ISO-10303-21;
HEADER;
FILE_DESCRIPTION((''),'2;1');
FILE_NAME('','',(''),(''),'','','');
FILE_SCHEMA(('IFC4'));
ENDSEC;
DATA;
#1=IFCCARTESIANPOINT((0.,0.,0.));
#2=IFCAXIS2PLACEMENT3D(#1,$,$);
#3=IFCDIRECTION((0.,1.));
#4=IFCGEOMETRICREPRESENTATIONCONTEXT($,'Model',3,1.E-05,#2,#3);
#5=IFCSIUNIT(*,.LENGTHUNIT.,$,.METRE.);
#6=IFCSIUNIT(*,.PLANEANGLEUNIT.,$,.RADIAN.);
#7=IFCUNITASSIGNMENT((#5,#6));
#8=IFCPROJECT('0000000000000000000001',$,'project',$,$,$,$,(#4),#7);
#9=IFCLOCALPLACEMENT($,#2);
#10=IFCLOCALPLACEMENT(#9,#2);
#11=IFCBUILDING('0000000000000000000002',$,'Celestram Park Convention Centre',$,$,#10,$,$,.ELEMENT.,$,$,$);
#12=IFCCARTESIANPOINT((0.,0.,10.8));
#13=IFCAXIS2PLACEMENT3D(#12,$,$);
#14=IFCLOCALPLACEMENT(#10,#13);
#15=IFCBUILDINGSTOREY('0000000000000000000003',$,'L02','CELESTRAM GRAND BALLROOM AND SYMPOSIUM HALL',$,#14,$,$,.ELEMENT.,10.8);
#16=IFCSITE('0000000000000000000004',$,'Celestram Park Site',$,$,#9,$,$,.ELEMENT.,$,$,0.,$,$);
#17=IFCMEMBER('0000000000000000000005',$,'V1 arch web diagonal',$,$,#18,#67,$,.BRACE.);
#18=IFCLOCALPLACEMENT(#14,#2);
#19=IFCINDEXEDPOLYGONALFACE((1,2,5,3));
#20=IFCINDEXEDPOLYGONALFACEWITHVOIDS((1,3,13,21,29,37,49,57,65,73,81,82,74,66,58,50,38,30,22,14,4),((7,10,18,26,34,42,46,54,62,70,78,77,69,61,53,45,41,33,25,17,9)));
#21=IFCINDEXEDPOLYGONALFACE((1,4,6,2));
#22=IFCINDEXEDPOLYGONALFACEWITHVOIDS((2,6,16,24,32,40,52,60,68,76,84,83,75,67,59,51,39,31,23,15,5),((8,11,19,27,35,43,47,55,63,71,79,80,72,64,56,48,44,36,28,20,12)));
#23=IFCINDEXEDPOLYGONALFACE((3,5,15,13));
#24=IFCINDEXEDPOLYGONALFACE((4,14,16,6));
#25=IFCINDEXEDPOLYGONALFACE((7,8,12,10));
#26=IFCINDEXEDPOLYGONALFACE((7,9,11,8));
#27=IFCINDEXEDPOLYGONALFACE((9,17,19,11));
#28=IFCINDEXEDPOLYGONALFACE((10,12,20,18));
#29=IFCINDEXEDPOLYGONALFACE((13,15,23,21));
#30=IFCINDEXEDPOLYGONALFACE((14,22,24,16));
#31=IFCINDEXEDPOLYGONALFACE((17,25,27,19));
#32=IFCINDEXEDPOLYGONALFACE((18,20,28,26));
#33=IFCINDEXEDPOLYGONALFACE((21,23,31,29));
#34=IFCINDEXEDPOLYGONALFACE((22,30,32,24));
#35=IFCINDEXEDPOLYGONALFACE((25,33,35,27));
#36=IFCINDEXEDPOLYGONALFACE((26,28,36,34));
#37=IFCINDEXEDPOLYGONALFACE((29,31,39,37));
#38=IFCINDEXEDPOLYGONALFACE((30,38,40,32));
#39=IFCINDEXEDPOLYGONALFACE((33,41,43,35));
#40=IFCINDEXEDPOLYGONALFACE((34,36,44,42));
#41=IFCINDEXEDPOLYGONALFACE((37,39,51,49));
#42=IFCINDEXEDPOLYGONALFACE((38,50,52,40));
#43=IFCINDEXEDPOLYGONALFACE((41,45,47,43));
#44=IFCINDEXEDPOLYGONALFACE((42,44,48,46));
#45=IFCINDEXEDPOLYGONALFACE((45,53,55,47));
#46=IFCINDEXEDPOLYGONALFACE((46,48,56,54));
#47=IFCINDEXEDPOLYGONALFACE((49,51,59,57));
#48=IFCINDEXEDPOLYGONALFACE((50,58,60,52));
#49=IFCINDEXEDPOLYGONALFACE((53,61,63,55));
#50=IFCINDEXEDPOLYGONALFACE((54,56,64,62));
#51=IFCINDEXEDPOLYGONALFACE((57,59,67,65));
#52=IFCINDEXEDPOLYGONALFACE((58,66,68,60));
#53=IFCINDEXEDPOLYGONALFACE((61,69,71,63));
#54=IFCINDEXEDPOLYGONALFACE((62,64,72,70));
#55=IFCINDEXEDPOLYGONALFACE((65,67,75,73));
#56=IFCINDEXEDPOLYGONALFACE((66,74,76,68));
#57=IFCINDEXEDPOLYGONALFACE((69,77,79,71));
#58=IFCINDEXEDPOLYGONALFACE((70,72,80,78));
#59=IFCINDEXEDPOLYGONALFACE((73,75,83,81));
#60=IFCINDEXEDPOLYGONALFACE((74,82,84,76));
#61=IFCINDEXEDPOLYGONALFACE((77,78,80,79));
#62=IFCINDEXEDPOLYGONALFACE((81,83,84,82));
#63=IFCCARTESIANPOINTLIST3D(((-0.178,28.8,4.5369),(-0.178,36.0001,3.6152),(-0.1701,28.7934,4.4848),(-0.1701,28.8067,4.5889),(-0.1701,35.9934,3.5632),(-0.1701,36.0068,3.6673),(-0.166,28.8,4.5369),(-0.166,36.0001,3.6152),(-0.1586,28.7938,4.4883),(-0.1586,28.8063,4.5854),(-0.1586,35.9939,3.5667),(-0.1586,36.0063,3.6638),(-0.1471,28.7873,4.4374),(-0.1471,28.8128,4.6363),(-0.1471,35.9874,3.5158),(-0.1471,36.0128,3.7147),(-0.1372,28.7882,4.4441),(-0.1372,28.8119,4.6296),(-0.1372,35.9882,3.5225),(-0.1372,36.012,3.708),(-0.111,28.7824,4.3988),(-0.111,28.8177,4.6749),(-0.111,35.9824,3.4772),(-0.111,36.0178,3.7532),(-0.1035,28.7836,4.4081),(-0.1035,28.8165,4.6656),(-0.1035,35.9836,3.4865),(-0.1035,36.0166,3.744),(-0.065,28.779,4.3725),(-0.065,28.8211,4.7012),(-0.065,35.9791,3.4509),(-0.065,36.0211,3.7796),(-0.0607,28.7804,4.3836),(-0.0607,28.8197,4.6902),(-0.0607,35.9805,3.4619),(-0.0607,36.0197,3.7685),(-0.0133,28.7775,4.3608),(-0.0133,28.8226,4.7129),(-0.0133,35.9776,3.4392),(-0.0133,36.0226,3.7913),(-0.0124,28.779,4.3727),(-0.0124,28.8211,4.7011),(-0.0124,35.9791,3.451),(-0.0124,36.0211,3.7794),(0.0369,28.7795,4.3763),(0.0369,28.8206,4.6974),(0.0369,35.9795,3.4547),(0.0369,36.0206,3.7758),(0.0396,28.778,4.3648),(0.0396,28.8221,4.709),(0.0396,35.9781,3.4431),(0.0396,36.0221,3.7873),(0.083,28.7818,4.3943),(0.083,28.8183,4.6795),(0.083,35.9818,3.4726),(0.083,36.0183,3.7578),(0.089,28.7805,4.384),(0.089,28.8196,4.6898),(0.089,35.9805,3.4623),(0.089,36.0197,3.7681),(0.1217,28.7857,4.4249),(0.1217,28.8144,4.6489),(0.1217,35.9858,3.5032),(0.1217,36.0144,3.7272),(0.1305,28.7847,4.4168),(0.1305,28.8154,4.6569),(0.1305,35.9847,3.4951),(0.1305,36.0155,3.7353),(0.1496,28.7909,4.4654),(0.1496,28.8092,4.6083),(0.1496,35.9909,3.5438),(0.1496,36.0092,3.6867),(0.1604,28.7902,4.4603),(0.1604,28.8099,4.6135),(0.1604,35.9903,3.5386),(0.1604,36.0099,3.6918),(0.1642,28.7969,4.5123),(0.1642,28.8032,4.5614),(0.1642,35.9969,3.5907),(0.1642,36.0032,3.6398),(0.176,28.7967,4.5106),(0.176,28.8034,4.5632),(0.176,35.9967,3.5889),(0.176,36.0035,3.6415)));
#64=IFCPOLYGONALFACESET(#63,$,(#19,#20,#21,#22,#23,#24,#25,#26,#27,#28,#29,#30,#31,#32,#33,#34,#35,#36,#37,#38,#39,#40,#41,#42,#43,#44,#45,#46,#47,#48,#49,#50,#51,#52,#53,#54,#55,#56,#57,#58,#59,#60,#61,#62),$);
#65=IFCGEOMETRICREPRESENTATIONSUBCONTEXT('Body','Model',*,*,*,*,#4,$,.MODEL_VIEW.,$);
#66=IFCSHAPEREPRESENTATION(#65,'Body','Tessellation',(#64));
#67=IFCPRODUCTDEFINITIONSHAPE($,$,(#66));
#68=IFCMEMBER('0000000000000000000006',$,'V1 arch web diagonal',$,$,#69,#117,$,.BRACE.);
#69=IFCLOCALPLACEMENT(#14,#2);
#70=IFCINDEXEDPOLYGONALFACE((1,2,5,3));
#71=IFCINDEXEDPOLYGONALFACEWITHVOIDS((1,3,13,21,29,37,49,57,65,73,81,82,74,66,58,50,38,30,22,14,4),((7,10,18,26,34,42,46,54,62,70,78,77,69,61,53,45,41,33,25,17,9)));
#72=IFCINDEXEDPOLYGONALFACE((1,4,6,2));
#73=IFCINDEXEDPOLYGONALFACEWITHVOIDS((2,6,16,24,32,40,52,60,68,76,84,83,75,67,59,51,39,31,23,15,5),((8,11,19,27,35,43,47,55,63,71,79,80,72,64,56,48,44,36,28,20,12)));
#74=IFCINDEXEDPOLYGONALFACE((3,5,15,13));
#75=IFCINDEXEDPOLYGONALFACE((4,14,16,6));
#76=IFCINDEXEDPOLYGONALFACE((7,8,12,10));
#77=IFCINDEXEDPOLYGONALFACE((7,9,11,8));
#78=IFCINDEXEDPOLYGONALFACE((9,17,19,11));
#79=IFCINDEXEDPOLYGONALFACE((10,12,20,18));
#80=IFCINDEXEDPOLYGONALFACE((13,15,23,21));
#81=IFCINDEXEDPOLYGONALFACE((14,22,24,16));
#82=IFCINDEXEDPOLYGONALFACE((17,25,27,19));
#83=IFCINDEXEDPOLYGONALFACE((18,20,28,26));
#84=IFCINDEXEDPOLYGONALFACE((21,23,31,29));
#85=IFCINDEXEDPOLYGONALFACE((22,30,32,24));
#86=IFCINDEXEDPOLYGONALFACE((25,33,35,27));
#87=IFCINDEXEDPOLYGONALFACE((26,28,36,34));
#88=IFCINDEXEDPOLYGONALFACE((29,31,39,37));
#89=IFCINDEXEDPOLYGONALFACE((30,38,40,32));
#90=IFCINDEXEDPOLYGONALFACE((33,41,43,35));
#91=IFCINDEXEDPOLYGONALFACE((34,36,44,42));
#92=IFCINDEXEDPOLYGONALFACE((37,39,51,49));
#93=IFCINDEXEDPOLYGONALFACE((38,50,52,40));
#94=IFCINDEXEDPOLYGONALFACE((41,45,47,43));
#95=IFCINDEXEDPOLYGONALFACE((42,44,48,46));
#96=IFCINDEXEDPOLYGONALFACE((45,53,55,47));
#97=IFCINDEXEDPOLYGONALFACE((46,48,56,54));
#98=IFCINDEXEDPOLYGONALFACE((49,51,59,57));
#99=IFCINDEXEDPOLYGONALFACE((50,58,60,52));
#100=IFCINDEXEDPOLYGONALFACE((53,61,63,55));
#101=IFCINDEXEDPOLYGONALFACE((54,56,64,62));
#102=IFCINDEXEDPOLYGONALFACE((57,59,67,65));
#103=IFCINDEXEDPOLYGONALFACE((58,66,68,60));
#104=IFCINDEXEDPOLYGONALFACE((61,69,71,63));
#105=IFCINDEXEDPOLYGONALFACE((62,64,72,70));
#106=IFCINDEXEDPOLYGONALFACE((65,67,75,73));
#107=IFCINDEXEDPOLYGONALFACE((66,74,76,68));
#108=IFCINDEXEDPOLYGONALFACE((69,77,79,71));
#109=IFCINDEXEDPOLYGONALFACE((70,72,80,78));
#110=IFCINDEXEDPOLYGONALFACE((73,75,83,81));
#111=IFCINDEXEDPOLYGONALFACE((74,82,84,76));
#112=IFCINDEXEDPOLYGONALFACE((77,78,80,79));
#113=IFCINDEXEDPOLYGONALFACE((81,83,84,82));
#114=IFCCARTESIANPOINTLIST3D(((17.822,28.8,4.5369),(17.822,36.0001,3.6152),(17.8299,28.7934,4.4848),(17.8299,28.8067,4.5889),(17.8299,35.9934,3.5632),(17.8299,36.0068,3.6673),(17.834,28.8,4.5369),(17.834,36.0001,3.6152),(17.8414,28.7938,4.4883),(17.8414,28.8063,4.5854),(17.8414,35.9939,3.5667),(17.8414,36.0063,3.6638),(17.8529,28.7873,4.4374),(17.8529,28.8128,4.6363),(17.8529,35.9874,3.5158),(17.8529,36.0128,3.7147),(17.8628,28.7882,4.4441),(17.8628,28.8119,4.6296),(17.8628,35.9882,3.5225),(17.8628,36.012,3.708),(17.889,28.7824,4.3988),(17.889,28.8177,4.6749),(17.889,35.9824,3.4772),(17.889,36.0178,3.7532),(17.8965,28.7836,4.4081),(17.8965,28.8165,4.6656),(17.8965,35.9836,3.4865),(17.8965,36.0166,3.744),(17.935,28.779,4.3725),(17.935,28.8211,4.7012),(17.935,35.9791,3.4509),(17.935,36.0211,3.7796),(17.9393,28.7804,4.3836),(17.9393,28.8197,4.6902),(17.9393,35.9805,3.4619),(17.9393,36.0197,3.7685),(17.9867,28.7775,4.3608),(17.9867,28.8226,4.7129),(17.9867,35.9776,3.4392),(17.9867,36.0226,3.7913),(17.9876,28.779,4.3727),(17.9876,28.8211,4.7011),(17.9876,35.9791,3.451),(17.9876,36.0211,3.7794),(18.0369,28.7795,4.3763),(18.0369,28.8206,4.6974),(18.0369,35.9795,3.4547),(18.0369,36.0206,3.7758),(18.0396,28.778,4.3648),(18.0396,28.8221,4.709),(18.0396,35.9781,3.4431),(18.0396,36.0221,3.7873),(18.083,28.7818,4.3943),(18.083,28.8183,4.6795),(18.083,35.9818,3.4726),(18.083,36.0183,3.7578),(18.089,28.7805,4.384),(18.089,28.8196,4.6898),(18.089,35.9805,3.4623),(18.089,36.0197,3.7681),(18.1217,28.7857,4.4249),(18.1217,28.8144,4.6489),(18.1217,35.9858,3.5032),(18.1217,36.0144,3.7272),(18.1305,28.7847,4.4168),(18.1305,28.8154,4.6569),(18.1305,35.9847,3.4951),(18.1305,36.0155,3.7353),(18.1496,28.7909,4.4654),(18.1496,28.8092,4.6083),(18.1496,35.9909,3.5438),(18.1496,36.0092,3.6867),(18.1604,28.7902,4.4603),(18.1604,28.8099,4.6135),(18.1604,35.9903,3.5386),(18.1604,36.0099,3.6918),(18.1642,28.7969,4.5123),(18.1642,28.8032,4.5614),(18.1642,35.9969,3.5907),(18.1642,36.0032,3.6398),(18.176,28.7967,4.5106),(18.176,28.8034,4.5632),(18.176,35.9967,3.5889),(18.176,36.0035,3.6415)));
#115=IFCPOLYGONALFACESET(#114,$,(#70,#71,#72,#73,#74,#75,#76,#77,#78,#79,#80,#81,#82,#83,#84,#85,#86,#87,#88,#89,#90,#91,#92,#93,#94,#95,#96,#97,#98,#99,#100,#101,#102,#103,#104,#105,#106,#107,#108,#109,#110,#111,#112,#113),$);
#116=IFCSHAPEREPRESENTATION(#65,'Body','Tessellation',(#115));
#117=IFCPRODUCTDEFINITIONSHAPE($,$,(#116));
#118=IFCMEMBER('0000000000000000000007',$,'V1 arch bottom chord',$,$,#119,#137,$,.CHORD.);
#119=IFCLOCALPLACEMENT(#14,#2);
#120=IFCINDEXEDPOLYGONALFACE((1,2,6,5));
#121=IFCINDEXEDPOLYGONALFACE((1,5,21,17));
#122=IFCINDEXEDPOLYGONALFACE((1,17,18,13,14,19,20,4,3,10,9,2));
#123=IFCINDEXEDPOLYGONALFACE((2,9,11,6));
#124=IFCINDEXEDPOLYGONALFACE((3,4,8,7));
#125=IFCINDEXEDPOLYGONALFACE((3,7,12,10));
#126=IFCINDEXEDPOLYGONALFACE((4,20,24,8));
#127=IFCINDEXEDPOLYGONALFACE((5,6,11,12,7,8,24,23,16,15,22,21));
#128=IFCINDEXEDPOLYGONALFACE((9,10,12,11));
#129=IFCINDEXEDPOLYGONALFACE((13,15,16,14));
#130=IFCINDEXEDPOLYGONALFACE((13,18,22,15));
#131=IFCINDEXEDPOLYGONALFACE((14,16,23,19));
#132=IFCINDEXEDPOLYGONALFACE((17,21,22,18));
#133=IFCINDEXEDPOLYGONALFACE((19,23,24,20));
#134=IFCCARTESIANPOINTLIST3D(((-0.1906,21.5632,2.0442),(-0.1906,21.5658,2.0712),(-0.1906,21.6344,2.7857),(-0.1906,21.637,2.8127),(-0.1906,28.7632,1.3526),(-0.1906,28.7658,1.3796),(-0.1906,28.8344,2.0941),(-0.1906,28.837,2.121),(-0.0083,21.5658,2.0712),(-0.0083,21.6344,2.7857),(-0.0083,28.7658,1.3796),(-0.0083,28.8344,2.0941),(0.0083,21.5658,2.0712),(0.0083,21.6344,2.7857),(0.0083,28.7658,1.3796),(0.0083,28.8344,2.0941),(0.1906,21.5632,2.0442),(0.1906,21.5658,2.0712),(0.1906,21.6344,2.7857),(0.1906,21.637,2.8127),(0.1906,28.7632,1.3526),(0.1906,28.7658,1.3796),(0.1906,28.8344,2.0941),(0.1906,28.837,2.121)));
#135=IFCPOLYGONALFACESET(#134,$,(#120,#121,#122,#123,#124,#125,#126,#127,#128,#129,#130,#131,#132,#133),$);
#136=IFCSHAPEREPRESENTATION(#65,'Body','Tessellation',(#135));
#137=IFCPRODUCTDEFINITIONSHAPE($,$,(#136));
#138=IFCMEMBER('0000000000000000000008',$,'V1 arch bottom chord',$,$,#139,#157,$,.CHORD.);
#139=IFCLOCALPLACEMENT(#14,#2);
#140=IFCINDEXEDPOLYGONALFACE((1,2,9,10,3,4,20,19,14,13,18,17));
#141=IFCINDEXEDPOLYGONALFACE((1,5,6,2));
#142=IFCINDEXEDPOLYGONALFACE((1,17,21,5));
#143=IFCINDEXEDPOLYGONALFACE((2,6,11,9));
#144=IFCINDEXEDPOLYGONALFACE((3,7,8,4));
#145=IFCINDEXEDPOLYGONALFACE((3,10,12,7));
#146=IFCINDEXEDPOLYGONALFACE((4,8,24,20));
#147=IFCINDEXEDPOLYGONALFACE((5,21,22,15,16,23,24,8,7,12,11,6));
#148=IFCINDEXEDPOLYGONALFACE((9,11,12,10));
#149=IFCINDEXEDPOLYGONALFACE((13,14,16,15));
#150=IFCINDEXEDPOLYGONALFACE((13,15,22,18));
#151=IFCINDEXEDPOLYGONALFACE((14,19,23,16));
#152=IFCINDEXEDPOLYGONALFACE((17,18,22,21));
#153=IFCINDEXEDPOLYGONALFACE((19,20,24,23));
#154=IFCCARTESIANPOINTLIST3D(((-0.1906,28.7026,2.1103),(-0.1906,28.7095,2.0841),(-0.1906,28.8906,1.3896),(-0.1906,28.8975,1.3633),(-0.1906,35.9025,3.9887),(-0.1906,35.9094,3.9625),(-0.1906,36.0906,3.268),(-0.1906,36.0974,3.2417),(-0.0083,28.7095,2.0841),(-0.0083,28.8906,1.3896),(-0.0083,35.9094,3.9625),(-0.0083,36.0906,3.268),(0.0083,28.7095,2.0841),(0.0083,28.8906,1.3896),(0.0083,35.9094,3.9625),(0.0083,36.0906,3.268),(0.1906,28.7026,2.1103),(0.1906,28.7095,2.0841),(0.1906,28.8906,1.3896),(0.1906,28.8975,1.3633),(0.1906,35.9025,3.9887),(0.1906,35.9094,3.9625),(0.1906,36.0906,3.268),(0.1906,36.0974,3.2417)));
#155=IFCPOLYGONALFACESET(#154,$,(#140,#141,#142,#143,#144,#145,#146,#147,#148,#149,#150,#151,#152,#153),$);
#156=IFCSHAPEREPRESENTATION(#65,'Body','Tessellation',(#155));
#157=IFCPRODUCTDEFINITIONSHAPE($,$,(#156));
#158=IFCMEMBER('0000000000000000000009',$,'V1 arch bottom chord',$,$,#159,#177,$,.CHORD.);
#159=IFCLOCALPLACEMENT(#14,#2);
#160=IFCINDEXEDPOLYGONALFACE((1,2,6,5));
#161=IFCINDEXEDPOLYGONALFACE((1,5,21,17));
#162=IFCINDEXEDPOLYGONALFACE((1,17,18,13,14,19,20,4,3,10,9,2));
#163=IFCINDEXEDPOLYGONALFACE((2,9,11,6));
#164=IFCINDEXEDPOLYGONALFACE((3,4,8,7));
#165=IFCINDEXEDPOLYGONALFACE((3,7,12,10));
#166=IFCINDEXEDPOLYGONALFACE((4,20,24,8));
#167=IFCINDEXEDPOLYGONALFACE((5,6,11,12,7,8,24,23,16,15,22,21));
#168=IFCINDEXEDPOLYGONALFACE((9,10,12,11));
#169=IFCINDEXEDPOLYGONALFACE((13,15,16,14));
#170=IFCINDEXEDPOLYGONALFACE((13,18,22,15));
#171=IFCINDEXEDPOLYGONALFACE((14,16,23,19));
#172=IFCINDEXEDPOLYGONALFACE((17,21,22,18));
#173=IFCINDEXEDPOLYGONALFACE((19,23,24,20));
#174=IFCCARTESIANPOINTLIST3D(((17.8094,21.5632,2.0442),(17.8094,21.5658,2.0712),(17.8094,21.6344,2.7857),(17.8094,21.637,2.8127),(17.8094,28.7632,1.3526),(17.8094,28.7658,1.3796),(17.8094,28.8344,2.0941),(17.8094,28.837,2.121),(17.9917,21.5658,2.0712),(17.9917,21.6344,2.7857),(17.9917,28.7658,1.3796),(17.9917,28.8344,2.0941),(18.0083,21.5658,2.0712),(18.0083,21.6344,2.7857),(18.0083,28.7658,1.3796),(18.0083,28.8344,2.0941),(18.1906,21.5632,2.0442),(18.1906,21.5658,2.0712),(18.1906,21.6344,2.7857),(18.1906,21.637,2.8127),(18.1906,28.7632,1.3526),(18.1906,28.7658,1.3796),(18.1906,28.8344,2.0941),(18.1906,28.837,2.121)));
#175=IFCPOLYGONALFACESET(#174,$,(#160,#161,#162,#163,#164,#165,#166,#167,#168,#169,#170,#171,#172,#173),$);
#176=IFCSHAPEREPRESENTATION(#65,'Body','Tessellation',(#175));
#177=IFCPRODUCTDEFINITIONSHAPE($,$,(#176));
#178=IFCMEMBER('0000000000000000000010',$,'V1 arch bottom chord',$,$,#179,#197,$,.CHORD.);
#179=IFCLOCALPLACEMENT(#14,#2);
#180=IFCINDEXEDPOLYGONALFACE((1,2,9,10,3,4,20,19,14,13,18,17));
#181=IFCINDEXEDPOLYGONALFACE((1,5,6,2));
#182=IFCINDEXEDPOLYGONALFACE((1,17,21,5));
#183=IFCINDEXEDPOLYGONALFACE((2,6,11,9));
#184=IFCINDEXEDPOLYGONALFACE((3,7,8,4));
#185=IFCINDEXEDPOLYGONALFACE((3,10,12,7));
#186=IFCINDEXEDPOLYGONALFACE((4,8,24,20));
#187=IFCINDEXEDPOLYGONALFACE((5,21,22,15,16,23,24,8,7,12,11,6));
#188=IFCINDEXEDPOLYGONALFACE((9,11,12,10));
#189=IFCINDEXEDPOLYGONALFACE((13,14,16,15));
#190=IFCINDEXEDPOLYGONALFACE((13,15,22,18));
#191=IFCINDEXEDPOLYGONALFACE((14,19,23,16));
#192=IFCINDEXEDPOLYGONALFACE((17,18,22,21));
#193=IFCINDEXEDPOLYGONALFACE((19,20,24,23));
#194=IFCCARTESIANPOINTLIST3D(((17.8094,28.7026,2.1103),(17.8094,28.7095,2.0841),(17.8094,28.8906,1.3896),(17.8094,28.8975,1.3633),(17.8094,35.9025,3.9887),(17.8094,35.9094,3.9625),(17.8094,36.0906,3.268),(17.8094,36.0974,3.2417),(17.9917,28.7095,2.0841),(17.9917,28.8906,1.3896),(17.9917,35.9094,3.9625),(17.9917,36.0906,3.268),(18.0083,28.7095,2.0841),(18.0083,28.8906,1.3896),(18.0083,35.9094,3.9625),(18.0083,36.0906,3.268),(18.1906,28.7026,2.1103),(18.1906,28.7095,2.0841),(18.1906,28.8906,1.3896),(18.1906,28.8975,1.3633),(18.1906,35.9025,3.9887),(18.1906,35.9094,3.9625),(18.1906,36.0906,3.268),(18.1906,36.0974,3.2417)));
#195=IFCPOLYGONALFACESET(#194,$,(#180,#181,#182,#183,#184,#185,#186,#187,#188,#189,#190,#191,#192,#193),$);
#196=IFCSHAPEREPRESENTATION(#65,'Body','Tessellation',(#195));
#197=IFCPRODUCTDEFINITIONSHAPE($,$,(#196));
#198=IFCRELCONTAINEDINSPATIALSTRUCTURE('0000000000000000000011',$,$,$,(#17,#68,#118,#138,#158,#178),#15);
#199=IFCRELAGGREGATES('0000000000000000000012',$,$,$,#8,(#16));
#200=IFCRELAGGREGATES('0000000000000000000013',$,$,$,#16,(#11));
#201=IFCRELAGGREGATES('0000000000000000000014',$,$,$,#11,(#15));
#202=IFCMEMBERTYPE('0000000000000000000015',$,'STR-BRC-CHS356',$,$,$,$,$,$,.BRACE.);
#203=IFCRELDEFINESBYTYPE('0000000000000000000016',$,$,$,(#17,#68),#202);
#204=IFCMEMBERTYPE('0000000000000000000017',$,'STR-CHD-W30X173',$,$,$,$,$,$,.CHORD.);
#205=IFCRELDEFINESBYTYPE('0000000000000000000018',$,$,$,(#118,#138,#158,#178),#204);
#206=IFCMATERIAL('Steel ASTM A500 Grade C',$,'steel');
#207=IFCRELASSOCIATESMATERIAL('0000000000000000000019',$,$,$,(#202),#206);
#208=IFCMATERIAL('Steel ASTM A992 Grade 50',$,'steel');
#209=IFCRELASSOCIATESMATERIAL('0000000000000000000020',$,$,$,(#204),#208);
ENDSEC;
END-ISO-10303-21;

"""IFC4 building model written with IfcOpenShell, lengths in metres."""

from ifc_helpers import new_model, si_unit, direction, frame, origin, origin_2d, place, context, subcontext, project, spatial, hollow_circle, i_section, extrude, material, material_profile, profile_set, type_object, element, save


model = new_model("IFC4")

# Units and contexts
model_context = context("Model", 3, precision=1e-05, world=origin(), true_north=direction((0.0, 1.0)))
body_context = subcontext(model_context, "Body", "Model", "MODEL_VIEW")
ifc_project = project(units=[si_unit("LENGTHUNIT", "METRE"), si_unit("PLANEANGLEUNIT", "RADIAN")], contexts=[model_context])

# Site, building, storey
site_placement = place(None, origin())
site = spatial("IfcSite", under=ifc_project, at=site_placement, Name="Celestram Park Site", CompositionType="ELEMENT", RefElevation=0.0)
building_placement = place(site_placement, origin())
building = spatial("IfcBuilding", under=site, at=building_placement, Name="Celestram Park Convention Centre", CompositionType="ELEMENT")
storey_placement = place(building_placement, frame((0.0, 0.0, 10.8)))
storey = spatial("IfcBuildingStorey", under=building, at=storey_placement, Name="L02", Description="CELESTRAM GRAND BALLROOM AND SYMPOSIUM HALL", CompositionType="ELEMENT", Elevation=10.8)

# Shared definitions
ifc_material_1 = material(Name="Steel ASTM A992 Grade 50", Category="steel")

# Members
ifc_material_2 = material(Name="Steel ASTM A500 Grade C", Category="steel")
ifc_material_profile_1 = material_profile(ifc_material_2, hollow_circle(Radius=0.178, WallThickness=0.012, at=origin_2d()), Name="CHS356X12")
ifc_profile_set_1 = profile_set([ifc_material_profile_1], Name="Steel ASTM A500 Grade C")
member_type_1 = type_object("IfcMemberType", Name="STR-BRC-CHS356", PredefinedType="BRACE", material=ifc_profile_set_1)
for number, where, z_axis, x_axis, name in (
    (1, (0.0, 28.8, 4.5369), (0.0, 0.991907, -0.126969), (-1.0, 0.0, 0.0), "V1 arch web diagonal"),
    (2, (18.0, 28.8, 4.5369), (0.0, 0.991907, -0.126969), (-1.0, 0.0, 0.0), "V1 arch web diagonal"),
):
    element("IfcMember", number, at=place(storey_placement, frame(where, z_axis=z_axis, x_axis=x_axis)), inside=storey, type_object=member_type_1, Name=name, PredefinedType="BRACE", context=body_context, shape_type="SweptSolid", body=[
        extrude(hollow_circle(Radius=0.178, WallThickness=0.012, at=origin_2d()), origin(), (0.0, 0.0, 1.0), 7.2588),
    ])
ifc_material_profile_2 = material_profile(ifc_material_1, i_section(OverallWidth=0.3811, OverallDepth=0.772, WebThickness=0.0166, FlangeThickness=0.0271, at=origin_2d()), Name="W30X173")
ifc_profile_set_2 = profile_set([ifc_material_profile_2], Name="Steel ASTM A992 Grade 50")
member_type_2 = type_object("IfcMemberType", Name="STR-CHD-W30X173", PredefinedType="CHORD", material=ifc_profile_set_2)
member_1_placement = place(storey_placement, frame((0.0, 21.6001, 2.4285), z_axis=(0.0, 0.995418, -0.095623), x_axis=(-1.0, 0.0, 0.0)))
element("IfcMember", 3, at=member_1_placement, inside=storey, type_object=member_type_2, Name="V1 arch bottom chord", PredefinedType="CHORD", context=body_context, shape_type="SweptSolid", body=[
    extrude(i_section(OverallWidth=0.3811, OverallDepth=0.772, WebThickness=0.0166, FlangeThickness=0.0271, at=origin_2d()), origin(), (0.0, 0.0, 1.0), 7.2332),
])
member_2_placement = place(storey_placement, frame((0.0, 28.8, 1.7368), z_axis=(0.0, 0.967612, 0.252443), x_axis=(-1.0, 0.0, 0.0)))
element("IfcMember", 4, at=member_2_placement, inside=storey, type_object=member_type_2, Name="V1 arch bottom chord", PredefinedType="CHORD", context=body_context, shape_type="SweptSolid", body=[
    extrude(i_section(OverallWidth=0.3811, OverallDepth=0.772, WebThickness=0.0166, FlangeThickness=0.0271, at=origin_2d()), origin(), (0.0, 0.0, 1.0), 7.4409),
])
member_3_placement = place(storey_placement, frame((18.0, 21.6001, 2.4285), z_axis=(0.0, 0.995418, -0.095623), x_axis=(-1.0, 0.0, 0.0)))
element("IfcMember", 5, at=member_3_placement, inside=storey, type_object=member_type_2, Name="V1 arch bottom chord", PredefinedType="CHORD", context=body_context, shape_type="SweptSolid", body=[
    extrude(i_section(OverallWidth=0.3811, OverallDepth=0.772, WebThickness=0.0166, FlangeThickness=0.0271, at=origin_2d()), origin(), (0.0, 0.0, 1.0), 7.2332),
])
member_4_placement = place(storey_placement, frame((18.0, 28.8, 1.7368), z_axis=(0.0, 0.967612, 0.252443), x_axis=(-1.0, 0.0, 0.0)))
element("IfcMember", 6, at=member_4_placement, inside=storey, type_object=member_type_2, Name="V1 arch bottom chord", PredefinedType="CHORD", context=body_context, shape_type="SweptSolid", body=[
    extrude(i_section(OverallWidth=0.3811, OverallDepth=0.772, WebThickness=0.0166, FlangeThickness=0.0271, at=origin_2d()), origin(), (0.0, 0.0, 1.0), 7.4409),
])

save(model, "model.ifc")
